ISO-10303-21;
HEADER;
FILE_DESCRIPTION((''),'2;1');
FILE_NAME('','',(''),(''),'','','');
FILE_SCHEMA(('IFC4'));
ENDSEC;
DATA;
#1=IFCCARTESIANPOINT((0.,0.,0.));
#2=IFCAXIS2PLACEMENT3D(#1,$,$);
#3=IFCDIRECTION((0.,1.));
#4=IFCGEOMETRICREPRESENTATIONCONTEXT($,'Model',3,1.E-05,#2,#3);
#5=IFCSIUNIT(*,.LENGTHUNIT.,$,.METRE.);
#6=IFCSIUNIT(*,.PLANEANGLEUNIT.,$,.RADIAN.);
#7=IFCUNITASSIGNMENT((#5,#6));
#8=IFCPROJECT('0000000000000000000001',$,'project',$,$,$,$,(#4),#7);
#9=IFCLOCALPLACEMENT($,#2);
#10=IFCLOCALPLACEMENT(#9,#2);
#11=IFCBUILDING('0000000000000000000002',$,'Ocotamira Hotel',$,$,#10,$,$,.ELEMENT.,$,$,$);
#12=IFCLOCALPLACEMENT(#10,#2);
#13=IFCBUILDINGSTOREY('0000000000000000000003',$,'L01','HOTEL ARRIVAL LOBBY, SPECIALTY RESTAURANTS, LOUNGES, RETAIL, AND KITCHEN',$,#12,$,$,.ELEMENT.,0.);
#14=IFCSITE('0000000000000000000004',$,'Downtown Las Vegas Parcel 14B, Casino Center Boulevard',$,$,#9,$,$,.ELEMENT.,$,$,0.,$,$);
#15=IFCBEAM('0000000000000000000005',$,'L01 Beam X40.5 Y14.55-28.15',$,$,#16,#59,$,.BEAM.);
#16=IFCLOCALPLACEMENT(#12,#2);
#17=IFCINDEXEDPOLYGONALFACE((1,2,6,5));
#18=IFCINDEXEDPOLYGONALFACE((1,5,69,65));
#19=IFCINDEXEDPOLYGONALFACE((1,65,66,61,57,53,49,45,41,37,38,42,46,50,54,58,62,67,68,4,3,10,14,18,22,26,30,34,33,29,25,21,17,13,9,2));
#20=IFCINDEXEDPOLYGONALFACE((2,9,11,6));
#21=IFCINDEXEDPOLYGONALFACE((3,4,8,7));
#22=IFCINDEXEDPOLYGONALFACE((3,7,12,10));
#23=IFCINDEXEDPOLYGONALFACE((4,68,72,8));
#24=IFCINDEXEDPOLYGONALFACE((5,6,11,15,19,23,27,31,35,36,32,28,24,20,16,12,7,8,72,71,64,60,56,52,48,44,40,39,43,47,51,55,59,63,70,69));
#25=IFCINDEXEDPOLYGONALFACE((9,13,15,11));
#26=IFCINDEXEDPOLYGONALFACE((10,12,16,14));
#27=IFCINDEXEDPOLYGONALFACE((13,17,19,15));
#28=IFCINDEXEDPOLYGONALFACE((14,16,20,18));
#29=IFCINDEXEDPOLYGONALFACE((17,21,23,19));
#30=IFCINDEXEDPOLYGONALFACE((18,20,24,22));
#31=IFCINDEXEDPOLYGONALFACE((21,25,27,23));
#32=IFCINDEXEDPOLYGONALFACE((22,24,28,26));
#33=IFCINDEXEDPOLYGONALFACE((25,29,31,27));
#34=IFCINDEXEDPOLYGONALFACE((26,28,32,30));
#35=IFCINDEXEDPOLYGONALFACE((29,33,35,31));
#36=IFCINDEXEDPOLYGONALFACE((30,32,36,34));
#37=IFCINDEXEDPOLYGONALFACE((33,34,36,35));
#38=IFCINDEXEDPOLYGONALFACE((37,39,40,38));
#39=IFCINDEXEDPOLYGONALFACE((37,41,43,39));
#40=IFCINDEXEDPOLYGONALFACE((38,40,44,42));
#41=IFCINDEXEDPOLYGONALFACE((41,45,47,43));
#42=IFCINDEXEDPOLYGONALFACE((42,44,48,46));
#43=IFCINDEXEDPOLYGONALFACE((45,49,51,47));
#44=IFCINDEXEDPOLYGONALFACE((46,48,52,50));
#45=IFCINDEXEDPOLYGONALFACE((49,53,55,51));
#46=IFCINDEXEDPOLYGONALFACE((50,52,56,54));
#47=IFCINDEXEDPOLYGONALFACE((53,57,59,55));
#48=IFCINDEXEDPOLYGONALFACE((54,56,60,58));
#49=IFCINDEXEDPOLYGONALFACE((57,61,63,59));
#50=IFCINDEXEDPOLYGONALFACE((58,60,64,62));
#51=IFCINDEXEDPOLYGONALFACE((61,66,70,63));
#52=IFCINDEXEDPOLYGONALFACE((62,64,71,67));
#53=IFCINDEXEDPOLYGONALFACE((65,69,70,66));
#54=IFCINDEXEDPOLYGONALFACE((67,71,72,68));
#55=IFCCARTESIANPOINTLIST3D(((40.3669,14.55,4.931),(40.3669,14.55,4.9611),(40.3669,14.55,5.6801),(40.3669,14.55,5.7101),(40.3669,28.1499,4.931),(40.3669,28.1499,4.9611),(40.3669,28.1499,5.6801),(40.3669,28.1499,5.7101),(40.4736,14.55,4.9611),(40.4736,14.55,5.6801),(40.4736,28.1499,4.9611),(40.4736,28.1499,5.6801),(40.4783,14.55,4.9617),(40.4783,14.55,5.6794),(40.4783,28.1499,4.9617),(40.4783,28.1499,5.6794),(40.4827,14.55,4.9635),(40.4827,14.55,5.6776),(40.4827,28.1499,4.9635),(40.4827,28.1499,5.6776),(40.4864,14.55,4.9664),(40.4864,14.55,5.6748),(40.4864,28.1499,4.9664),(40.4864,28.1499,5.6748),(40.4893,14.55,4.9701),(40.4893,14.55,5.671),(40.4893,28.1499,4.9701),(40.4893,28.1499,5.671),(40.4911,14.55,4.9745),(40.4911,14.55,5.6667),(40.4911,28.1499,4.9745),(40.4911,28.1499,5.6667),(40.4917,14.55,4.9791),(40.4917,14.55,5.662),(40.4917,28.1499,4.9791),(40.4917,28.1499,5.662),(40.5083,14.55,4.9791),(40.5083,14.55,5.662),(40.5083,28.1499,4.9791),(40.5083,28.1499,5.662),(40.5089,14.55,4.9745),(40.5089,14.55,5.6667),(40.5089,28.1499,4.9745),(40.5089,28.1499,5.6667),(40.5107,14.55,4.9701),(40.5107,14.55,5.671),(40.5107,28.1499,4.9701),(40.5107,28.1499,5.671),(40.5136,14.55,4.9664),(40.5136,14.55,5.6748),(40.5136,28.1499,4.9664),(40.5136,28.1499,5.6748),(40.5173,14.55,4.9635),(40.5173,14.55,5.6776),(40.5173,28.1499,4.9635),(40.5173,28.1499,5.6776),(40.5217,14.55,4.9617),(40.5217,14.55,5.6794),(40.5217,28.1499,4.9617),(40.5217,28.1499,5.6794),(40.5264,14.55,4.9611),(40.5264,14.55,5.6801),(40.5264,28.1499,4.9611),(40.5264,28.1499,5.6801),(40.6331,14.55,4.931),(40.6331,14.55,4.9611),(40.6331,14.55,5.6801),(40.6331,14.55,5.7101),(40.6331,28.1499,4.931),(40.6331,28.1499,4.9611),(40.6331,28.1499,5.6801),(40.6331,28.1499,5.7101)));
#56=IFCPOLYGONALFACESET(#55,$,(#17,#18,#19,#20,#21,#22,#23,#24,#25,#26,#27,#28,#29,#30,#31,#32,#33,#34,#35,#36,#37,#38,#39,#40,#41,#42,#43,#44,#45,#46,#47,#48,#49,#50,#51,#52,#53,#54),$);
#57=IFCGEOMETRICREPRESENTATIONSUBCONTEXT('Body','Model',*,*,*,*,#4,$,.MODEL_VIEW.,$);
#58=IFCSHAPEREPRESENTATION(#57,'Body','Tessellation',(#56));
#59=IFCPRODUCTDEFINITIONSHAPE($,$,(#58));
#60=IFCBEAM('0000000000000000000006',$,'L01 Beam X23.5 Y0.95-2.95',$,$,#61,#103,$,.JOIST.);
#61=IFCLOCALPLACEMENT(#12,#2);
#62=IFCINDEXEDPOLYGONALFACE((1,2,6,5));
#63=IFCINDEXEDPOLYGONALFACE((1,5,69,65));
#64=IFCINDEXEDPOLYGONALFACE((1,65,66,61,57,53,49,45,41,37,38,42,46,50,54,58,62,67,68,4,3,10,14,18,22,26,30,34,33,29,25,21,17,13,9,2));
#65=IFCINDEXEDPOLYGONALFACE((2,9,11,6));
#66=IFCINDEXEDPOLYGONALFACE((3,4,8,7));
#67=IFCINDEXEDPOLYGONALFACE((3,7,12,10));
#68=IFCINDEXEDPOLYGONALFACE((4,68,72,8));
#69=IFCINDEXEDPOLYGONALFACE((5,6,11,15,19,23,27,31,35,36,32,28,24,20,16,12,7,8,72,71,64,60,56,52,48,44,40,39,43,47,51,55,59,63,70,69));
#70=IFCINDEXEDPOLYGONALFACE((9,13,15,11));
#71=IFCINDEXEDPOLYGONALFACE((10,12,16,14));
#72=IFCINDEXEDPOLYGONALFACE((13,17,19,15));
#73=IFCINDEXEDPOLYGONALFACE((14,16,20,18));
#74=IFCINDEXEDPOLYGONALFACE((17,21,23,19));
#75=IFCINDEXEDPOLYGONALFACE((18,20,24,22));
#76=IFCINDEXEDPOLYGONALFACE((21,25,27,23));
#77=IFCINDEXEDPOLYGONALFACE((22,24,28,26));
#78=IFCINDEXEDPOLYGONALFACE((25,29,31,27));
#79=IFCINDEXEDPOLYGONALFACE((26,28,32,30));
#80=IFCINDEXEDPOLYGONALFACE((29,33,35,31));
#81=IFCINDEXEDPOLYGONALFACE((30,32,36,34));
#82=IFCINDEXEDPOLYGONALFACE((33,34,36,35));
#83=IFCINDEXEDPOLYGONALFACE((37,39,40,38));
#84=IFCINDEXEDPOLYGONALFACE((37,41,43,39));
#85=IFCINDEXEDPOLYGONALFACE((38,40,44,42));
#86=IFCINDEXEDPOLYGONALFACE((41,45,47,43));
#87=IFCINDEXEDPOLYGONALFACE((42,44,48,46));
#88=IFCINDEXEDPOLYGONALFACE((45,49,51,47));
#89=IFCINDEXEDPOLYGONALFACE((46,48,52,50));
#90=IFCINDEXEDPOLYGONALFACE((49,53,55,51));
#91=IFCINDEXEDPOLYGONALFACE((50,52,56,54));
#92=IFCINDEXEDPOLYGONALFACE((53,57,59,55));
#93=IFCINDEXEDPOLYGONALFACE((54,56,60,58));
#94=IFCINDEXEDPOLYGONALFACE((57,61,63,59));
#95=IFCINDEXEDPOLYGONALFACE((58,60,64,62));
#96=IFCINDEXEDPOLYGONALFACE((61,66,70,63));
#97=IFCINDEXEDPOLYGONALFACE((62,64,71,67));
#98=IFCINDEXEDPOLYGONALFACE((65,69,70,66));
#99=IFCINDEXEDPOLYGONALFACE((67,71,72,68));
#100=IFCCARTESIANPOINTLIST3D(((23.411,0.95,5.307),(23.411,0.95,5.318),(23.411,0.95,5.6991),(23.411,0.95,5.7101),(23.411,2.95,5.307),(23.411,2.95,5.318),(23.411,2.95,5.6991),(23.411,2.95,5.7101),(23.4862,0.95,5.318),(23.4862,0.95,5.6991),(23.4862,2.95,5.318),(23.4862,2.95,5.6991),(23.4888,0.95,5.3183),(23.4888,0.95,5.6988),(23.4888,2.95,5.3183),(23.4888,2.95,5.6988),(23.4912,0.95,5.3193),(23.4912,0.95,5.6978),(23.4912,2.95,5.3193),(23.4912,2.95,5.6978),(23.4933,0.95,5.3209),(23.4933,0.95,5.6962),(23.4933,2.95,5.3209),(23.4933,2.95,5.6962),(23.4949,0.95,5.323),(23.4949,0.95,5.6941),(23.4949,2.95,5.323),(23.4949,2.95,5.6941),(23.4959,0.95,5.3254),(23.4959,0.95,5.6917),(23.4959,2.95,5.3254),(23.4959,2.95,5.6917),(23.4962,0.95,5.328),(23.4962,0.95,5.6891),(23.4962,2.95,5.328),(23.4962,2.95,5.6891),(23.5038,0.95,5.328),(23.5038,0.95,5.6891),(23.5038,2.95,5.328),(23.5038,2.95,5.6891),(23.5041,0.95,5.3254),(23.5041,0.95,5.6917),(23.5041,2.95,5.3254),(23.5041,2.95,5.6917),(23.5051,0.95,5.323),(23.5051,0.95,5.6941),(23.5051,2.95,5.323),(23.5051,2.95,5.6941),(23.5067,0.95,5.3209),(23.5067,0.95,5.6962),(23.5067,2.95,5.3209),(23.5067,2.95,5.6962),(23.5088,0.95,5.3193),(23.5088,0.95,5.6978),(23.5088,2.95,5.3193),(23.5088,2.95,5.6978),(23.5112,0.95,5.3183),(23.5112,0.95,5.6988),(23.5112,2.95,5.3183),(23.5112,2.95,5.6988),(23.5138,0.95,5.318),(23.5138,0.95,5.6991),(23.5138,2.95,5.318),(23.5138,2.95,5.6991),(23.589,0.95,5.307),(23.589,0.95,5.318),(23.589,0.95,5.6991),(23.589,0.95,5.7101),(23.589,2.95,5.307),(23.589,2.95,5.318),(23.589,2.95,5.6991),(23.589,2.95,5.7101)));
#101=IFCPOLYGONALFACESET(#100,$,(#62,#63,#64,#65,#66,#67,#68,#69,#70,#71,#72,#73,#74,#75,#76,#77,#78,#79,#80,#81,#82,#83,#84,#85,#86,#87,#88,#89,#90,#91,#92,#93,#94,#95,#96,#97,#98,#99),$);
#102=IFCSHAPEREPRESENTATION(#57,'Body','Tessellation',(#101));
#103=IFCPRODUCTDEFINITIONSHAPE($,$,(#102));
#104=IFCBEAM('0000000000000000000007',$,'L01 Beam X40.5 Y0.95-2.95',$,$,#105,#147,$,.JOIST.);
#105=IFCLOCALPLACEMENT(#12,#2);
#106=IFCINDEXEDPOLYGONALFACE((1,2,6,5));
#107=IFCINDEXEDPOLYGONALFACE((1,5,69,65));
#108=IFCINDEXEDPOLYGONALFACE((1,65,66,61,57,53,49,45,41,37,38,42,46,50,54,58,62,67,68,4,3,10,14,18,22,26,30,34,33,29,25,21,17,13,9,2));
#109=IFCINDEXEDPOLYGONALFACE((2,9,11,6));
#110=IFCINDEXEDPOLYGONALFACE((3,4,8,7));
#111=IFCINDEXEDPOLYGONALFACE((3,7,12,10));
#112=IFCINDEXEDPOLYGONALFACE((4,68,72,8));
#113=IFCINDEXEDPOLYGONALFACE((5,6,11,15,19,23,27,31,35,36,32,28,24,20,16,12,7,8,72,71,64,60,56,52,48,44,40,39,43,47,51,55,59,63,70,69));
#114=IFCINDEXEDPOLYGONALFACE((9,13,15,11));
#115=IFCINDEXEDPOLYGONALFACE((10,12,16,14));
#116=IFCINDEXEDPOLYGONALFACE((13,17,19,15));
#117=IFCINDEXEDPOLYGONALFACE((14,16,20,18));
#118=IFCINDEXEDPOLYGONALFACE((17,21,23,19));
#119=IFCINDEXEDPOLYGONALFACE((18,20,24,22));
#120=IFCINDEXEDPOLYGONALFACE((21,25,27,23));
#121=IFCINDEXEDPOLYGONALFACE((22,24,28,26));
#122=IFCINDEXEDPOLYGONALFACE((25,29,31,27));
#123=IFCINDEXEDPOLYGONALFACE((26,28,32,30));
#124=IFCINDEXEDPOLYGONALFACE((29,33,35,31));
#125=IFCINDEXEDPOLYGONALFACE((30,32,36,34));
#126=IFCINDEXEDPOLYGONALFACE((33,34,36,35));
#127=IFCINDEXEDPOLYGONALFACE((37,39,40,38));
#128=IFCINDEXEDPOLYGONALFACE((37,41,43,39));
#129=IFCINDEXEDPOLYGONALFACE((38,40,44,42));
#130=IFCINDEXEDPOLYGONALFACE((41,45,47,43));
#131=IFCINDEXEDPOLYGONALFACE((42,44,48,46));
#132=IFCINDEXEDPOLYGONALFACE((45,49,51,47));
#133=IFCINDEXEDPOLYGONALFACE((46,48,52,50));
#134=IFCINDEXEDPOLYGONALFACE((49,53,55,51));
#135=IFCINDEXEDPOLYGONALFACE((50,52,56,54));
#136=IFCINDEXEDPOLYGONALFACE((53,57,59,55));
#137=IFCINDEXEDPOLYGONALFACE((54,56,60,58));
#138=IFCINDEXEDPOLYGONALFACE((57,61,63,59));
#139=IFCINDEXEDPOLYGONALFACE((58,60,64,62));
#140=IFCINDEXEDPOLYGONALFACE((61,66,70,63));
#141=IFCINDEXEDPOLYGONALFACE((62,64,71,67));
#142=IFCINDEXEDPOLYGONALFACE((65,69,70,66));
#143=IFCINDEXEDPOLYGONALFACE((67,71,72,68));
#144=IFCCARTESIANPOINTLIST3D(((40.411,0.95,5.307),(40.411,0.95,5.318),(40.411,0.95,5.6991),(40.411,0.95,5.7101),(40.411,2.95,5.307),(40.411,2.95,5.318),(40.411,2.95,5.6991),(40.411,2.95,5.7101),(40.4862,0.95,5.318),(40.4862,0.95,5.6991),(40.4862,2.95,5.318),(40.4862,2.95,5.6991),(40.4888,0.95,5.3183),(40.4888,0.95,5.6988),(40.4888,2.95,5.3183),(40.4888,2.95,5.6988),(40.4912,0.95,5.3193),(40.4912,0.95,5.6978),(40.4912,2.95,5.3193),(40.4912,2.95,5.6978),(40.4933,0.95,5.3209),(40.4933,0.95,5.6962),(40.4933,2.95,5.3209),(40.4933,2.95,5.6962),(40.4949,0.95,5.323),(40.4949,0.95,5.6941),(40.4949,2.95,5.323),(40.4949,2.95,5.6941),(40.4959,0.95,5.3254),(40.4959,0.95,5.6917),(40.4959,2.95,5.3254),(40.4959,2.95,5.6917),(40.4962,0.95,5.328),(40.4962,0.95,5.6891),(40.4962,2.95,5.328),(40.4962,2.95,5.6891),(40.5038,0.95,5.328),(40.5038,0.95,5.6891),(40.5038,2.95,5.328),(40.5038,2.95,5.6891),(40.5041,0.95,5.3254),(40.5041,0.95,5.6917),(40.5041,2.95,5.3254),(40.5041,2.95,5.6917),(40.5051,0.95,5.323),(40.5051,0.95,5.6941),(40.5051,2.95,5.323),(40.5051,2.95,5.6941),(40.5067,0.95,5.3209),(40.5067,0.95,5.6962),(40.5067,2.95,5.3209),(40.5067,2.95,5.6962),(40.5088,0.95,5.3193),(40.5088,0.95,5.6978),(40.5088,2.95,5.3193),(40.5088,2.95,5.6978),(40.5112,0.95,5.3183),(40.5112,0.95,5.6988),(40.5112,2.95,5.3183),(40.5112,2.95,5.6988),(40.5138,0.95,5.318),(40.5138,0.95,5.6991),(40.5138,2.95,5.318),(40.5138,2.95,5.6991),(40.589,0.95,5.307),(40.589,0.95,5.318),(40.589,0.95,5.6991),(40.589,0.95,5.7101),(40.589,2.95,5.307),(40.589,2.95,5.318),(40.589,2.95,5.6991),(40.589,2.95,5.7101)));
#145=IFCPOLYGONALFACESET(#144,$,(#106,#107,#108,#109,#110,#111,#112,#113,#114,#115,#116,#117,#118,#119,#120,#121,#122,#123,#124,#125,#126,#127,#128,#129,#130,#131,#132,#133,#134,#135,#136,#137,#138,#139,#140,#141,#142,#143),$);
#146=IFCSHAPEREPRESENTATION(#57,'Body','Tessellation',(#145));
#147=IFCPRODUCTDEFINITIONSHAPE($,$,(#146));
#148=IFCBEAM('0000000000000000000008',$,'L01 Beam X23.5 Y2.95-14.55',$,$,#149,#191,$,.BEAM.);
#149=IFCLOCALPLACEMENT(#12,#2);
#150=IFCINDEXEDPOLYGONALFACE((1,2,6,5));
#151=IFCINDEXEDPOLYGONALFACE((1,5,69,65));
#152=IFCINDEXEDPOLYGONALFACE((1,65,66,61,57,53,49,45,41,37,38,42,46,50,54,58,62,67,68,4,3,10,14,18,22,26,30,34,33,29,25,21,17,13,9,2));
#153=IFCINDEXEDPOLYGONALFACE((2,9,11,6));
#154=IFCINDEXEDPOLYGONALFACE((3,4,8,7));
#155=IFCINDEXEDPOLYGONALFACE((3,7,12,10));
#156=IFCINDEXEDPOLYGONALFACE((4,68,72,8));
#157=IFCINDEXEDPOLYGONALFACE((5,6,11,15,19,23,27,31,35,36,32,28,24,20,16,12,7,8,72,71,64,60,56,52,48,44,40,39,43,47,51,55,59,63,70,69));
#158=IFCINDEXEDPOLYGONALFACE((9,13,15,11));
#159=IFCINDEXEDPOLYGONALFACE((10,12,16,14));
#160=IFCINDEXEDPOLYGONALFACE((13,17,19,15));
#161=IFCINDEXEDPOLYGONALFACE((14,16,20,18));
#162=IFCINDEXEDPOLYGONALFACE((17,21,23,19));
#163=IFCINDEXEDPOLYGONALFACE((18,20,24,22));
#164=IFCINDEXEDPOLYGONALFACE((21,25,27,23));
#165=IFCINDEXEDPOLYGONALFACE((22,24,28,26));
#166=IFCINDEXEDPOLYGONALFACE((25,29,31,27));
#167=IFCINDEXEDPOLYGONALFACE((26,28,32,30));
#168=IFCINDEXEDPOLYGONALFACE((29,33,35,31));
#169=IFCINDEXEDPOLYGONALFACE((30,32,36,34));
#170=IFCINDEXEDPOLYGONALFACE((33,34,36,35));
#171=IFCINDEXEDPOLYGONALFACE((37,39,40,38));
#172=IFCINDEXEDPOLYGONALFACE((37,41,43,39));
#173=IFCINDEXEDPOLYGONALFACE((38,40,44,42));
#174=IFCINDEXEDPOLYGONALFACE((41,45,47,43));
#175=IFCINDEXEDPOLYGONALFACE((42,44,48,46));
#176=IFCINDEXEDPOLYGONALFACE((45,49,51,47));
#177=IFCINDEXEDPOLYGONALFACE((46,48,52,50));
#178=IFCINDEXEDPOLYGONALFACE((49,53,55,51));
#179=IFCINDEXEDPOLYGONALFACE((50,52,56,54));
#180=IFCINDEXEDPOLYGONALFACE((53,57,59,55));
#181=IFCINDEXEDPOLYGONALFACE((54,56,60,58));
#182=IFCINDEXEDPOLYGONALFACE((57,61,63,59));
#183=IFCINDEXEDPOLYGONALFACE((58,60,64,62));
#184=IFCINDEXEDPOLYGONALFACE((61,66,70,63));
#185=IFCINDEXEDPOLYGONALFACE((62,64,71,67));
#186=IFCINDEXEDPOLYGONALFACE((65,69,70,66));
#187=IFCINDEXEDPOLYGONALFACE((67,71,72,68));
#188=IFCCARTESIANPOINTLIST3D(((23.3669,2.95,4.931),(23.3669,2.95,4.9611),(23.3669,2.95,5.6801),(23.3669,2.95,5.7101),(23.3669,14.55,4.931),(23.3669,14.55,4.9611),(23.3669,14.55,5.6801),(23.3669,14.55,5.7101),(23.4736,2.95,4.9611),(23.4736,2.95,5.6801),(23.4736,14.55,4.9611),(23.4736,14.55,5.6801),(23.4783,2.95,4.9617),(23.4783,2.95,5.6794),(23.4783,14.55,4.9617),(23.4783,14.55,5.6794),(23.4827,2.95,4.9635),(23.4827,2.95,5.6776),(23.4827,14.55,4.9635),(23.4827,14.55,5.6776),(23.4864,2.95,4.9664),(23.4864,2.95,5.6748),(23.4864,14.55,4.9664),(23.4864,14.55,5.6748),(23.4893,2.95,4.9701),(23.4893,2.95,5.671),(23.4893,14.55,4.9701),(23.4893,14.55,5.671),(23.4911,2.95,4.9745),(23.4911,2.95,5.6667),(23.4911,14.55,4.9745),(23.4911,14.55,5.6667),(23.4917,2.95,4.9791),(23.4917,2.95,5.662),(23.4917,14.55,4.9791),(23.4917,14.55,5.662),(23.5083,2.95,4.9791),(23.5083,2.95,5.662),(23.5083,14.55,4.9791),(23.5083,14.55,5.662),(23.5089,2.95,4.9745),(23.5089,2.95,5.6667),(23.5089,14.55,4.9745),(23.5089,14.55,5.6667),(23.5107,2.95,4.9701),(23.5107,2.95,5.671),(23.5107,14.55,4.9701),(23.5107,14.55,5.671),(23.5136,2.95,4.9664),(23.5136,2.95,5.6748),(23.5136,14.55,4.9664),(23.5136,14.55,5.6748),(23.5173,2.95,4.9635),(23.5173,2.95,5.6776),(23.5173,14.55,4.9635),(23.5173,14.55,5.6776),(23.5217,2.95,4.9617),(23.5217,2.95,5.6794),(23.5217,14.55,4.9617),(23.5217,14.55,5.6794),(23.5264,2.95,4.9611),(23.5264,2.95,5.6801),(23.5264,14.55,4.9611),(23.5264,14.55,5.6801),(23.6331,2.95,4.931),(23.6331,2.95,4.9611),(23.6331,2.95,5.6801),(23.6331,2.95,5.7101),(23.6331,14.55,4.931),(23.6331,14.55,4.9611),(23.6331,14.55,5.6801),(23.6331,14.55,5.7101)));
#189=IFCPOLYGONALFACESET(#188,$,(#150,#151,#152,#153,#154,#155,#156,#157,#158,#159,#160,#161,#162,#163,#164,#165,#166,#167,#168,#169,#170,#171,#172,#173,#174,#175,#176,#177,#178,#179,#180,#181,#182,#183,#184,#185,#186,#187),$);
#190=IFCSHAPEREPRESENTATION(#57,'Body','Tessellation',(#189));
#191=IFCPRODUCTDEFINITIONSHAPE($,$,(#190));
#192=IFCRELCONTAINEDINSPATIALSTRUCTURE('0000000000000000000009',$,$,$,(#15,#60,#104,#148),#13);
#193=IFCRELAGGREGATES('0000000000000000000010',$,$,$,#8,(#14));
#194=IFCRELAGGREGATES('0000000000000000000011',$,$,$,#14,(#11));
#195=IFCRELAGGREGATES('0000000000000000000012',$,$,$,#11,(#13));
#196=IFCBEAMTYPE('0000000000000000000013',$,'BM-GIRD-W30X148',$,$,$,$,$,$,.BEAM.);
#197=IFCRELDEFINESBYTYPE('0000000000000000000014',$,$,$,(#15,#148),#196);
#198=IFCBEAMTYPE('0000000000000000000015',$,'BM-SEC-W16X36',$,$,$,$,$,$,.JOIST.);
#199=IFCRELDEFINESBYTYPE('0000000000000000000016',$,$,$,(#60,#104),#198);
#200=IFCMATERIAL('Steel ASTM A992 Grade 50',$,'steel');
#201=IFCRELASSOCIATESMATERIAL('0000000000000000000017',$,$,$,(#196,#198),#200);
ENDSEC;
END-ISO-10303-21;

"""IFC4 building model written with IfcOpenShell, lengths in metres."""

from ifc_helpers import new_model, si_unit, direction, frame, origin, origin_2d, place, context, subcontext, project, spatial, i_section, extrude, source, transform, mapped, material, material_profile, profile_set, type_object, element, save


model = new_model("IFC4")

# Units and contexts
model_context = context("Model", 3, precision=1e-05, world=origin(), true_north=direction((0.0, 1.0)))
body_context = subcontext(model_context, "Body", "Model", "MODEL_VIEW")
ifc_project = project(units=[si_unit("LENGTHUNIT", "METRE"), si_unit("PLANEANGLEUNIT", "RADIAN")], contexts=[model_context])

# Site, building, storey
site_placement = place(None, origin())
site = spatial("IfcSite", under=ifc_project, at=site_placement, Name="Downtown Las Vegas Parcel 14B, Casino Center Boulevard", CompositionType="ELEMENT", RefElevation=0.0)
building_placement = place(site_placement, origin())
building = spatial("IfcBuilding", under=site, at=building_placement, Name="Ocotamira Hotel", CompositionType="ELEMENT")
storey_placement = place(building_placement, origin())
storey = spatial("IfcBuildingStorey", under=building, at=storey_placement, Name="L01", Description="HOTEL ARRIVAL LOBBY, SPECIALTY RESTAURANTS, LOUNGES, RETAIL, AND KITCHEN", CompositionType="ELEMENT", Elevation=0.0)

# Beams
ifc_material_1 = material(Name="Steel ASTM A992 Grade 50", Category="steel")
ifc_material_profile_1 = material_profile(ifc_material_1, i_section(OverallWidth=0.2661, OverallDepth=0.7791, WebThickness=0.0166, FlangeThickness=0.03, FilletRadius=0.0181, at=origin_2d()), Name="W30X148")
ifc_profile_set_1 = profile_set([ifc_material_profile_1], Name="Steel ASTM A992 Grade 50")
beam_type_1 = type_object("IfcBeamType", Name="BM-GIRD-W30X148", PredefinedType="BEAM", material=ifc_profile_set_1)
shared_shape_1 = source(origin(), body_context, "Body", "SweptSolid", [
    extrude(i_section(OverallWidth=0.2661, OverallDepth=0.7791, WebThickness=0.0166, FlangeThickness=0.03, FilletRadius=0.0181, at=origin_2d()), origin(), (0.0, 0.0, 1.0), 13.5999),
])
for number, where, z_axis, x_axis, name in (
    (1, (40.5, 14.55, 5.3206), (0.0, 1.0, 0.0), (-1.0, 0.0, 0.0), "L01 Beam X40.5 Y14.55-28.15"),
):
    element("IfcBeam", number, at=place(storey_placement, frame(where, z_axis=z_axis, x_axis=x_axis)), inside=storey, type_object=beam_type_1, Name=name, PredefinedType="BEAM", context=body_context, shape_type="MappedRepresentation", body=[
        mapped(shared_shape_1, transform((0.0, 0.0, 0.0), scale=1.0)),
    ])
ifc_material_profile_2 = material_profile(ifc_material_1, i_section(OverallWidth=0.178, OverallDepth=0.4031, WebThickness=0.0076, FlangeThickness=0.011, FilletRadius=0.01, at=origin_2d()), Name="W16X36")
ifc_profile_set_2 = profile_set([ifc_material_profile_2], Name="Steel ASTM A992 Grade 50")
beam_type_2 = type_object("IfcBeamType", Name="BM-SEC-W16X36", PredefinedType="JOIST", material=ifc_profile_set_2)
shared_shape_2 = source(origin(), body_context, "Body", "SweptSolid", [
    extrude(i_section(OverallWidth=0.178, OverallDepth=0.4031, WebThickness=0.0076, FlangeThickness=0.011, FilletRadius=0.01, at=origin_2d()), origin(), (0.0, 0.0, 1.0), 2.0),
])
for number, where, z_axis, x_axis, name in (
    (2, (23.5, 0.95, 5.5085), (0.0, 1.0, 0.0), (-1.0, 0.0, 0.0), "L01 Beam X23.5 Y0.95-2.95"),
    (3, (40.5, 0.95, 5.5085), (0.0, 1.0, 0.0), (-1.0, 0.0, 0.0), "L01 Beam X40.5 Y0.95-2.95"),
):
    element("IfcBeam", number, at=place(storey_placement, frame(where, z_axis=z_axis, x_axis=x_axis)), inside=storey, type_object=beam_type_2, Name=name, PredefinedType="JOIST", context=body_context, shape_type="MappedRepresentation", body=[
        mapped(shared_shape_2, transform((0.0, 0.0, 0.0), scale=1.0)),
    ])
shared_shape_3 = source(origin(), body_context, "Body", "SweptSolid", [
    extrude(i_section(OverallWidth=0.2661, OverallDepth=0.7791, WebThickness=0.0166, FlangeThickness=0.03, FilletRadius=0.0181, at=origin_2d()), origin(), (0.0, 0.0, 1.0), 11.6001),
])
for number, where, z_axis, x_axis, name in (
    (4, (23.5, 2.95, 5.3206), (0.0, 1.0, 0.0), (-1.0, 0.0, 0.0), "L01 Beam X23.5 Y2.95-14.55"),
):
    element("IfcBeam", number, at=place(storey_placement, frame(where, z_axis=z_axis, x_axis=x_axis)), inside=storey, type_object=beam_type_1, Name=name, PredefinedType="BEAM", context=body_context, shape_type="MappedRepresentation", body=[
        mapped(shared_shape_3, transform((0.0, 0.0, 0.0), scale=1.0)),
    ])

save(model, "model.ifc")
